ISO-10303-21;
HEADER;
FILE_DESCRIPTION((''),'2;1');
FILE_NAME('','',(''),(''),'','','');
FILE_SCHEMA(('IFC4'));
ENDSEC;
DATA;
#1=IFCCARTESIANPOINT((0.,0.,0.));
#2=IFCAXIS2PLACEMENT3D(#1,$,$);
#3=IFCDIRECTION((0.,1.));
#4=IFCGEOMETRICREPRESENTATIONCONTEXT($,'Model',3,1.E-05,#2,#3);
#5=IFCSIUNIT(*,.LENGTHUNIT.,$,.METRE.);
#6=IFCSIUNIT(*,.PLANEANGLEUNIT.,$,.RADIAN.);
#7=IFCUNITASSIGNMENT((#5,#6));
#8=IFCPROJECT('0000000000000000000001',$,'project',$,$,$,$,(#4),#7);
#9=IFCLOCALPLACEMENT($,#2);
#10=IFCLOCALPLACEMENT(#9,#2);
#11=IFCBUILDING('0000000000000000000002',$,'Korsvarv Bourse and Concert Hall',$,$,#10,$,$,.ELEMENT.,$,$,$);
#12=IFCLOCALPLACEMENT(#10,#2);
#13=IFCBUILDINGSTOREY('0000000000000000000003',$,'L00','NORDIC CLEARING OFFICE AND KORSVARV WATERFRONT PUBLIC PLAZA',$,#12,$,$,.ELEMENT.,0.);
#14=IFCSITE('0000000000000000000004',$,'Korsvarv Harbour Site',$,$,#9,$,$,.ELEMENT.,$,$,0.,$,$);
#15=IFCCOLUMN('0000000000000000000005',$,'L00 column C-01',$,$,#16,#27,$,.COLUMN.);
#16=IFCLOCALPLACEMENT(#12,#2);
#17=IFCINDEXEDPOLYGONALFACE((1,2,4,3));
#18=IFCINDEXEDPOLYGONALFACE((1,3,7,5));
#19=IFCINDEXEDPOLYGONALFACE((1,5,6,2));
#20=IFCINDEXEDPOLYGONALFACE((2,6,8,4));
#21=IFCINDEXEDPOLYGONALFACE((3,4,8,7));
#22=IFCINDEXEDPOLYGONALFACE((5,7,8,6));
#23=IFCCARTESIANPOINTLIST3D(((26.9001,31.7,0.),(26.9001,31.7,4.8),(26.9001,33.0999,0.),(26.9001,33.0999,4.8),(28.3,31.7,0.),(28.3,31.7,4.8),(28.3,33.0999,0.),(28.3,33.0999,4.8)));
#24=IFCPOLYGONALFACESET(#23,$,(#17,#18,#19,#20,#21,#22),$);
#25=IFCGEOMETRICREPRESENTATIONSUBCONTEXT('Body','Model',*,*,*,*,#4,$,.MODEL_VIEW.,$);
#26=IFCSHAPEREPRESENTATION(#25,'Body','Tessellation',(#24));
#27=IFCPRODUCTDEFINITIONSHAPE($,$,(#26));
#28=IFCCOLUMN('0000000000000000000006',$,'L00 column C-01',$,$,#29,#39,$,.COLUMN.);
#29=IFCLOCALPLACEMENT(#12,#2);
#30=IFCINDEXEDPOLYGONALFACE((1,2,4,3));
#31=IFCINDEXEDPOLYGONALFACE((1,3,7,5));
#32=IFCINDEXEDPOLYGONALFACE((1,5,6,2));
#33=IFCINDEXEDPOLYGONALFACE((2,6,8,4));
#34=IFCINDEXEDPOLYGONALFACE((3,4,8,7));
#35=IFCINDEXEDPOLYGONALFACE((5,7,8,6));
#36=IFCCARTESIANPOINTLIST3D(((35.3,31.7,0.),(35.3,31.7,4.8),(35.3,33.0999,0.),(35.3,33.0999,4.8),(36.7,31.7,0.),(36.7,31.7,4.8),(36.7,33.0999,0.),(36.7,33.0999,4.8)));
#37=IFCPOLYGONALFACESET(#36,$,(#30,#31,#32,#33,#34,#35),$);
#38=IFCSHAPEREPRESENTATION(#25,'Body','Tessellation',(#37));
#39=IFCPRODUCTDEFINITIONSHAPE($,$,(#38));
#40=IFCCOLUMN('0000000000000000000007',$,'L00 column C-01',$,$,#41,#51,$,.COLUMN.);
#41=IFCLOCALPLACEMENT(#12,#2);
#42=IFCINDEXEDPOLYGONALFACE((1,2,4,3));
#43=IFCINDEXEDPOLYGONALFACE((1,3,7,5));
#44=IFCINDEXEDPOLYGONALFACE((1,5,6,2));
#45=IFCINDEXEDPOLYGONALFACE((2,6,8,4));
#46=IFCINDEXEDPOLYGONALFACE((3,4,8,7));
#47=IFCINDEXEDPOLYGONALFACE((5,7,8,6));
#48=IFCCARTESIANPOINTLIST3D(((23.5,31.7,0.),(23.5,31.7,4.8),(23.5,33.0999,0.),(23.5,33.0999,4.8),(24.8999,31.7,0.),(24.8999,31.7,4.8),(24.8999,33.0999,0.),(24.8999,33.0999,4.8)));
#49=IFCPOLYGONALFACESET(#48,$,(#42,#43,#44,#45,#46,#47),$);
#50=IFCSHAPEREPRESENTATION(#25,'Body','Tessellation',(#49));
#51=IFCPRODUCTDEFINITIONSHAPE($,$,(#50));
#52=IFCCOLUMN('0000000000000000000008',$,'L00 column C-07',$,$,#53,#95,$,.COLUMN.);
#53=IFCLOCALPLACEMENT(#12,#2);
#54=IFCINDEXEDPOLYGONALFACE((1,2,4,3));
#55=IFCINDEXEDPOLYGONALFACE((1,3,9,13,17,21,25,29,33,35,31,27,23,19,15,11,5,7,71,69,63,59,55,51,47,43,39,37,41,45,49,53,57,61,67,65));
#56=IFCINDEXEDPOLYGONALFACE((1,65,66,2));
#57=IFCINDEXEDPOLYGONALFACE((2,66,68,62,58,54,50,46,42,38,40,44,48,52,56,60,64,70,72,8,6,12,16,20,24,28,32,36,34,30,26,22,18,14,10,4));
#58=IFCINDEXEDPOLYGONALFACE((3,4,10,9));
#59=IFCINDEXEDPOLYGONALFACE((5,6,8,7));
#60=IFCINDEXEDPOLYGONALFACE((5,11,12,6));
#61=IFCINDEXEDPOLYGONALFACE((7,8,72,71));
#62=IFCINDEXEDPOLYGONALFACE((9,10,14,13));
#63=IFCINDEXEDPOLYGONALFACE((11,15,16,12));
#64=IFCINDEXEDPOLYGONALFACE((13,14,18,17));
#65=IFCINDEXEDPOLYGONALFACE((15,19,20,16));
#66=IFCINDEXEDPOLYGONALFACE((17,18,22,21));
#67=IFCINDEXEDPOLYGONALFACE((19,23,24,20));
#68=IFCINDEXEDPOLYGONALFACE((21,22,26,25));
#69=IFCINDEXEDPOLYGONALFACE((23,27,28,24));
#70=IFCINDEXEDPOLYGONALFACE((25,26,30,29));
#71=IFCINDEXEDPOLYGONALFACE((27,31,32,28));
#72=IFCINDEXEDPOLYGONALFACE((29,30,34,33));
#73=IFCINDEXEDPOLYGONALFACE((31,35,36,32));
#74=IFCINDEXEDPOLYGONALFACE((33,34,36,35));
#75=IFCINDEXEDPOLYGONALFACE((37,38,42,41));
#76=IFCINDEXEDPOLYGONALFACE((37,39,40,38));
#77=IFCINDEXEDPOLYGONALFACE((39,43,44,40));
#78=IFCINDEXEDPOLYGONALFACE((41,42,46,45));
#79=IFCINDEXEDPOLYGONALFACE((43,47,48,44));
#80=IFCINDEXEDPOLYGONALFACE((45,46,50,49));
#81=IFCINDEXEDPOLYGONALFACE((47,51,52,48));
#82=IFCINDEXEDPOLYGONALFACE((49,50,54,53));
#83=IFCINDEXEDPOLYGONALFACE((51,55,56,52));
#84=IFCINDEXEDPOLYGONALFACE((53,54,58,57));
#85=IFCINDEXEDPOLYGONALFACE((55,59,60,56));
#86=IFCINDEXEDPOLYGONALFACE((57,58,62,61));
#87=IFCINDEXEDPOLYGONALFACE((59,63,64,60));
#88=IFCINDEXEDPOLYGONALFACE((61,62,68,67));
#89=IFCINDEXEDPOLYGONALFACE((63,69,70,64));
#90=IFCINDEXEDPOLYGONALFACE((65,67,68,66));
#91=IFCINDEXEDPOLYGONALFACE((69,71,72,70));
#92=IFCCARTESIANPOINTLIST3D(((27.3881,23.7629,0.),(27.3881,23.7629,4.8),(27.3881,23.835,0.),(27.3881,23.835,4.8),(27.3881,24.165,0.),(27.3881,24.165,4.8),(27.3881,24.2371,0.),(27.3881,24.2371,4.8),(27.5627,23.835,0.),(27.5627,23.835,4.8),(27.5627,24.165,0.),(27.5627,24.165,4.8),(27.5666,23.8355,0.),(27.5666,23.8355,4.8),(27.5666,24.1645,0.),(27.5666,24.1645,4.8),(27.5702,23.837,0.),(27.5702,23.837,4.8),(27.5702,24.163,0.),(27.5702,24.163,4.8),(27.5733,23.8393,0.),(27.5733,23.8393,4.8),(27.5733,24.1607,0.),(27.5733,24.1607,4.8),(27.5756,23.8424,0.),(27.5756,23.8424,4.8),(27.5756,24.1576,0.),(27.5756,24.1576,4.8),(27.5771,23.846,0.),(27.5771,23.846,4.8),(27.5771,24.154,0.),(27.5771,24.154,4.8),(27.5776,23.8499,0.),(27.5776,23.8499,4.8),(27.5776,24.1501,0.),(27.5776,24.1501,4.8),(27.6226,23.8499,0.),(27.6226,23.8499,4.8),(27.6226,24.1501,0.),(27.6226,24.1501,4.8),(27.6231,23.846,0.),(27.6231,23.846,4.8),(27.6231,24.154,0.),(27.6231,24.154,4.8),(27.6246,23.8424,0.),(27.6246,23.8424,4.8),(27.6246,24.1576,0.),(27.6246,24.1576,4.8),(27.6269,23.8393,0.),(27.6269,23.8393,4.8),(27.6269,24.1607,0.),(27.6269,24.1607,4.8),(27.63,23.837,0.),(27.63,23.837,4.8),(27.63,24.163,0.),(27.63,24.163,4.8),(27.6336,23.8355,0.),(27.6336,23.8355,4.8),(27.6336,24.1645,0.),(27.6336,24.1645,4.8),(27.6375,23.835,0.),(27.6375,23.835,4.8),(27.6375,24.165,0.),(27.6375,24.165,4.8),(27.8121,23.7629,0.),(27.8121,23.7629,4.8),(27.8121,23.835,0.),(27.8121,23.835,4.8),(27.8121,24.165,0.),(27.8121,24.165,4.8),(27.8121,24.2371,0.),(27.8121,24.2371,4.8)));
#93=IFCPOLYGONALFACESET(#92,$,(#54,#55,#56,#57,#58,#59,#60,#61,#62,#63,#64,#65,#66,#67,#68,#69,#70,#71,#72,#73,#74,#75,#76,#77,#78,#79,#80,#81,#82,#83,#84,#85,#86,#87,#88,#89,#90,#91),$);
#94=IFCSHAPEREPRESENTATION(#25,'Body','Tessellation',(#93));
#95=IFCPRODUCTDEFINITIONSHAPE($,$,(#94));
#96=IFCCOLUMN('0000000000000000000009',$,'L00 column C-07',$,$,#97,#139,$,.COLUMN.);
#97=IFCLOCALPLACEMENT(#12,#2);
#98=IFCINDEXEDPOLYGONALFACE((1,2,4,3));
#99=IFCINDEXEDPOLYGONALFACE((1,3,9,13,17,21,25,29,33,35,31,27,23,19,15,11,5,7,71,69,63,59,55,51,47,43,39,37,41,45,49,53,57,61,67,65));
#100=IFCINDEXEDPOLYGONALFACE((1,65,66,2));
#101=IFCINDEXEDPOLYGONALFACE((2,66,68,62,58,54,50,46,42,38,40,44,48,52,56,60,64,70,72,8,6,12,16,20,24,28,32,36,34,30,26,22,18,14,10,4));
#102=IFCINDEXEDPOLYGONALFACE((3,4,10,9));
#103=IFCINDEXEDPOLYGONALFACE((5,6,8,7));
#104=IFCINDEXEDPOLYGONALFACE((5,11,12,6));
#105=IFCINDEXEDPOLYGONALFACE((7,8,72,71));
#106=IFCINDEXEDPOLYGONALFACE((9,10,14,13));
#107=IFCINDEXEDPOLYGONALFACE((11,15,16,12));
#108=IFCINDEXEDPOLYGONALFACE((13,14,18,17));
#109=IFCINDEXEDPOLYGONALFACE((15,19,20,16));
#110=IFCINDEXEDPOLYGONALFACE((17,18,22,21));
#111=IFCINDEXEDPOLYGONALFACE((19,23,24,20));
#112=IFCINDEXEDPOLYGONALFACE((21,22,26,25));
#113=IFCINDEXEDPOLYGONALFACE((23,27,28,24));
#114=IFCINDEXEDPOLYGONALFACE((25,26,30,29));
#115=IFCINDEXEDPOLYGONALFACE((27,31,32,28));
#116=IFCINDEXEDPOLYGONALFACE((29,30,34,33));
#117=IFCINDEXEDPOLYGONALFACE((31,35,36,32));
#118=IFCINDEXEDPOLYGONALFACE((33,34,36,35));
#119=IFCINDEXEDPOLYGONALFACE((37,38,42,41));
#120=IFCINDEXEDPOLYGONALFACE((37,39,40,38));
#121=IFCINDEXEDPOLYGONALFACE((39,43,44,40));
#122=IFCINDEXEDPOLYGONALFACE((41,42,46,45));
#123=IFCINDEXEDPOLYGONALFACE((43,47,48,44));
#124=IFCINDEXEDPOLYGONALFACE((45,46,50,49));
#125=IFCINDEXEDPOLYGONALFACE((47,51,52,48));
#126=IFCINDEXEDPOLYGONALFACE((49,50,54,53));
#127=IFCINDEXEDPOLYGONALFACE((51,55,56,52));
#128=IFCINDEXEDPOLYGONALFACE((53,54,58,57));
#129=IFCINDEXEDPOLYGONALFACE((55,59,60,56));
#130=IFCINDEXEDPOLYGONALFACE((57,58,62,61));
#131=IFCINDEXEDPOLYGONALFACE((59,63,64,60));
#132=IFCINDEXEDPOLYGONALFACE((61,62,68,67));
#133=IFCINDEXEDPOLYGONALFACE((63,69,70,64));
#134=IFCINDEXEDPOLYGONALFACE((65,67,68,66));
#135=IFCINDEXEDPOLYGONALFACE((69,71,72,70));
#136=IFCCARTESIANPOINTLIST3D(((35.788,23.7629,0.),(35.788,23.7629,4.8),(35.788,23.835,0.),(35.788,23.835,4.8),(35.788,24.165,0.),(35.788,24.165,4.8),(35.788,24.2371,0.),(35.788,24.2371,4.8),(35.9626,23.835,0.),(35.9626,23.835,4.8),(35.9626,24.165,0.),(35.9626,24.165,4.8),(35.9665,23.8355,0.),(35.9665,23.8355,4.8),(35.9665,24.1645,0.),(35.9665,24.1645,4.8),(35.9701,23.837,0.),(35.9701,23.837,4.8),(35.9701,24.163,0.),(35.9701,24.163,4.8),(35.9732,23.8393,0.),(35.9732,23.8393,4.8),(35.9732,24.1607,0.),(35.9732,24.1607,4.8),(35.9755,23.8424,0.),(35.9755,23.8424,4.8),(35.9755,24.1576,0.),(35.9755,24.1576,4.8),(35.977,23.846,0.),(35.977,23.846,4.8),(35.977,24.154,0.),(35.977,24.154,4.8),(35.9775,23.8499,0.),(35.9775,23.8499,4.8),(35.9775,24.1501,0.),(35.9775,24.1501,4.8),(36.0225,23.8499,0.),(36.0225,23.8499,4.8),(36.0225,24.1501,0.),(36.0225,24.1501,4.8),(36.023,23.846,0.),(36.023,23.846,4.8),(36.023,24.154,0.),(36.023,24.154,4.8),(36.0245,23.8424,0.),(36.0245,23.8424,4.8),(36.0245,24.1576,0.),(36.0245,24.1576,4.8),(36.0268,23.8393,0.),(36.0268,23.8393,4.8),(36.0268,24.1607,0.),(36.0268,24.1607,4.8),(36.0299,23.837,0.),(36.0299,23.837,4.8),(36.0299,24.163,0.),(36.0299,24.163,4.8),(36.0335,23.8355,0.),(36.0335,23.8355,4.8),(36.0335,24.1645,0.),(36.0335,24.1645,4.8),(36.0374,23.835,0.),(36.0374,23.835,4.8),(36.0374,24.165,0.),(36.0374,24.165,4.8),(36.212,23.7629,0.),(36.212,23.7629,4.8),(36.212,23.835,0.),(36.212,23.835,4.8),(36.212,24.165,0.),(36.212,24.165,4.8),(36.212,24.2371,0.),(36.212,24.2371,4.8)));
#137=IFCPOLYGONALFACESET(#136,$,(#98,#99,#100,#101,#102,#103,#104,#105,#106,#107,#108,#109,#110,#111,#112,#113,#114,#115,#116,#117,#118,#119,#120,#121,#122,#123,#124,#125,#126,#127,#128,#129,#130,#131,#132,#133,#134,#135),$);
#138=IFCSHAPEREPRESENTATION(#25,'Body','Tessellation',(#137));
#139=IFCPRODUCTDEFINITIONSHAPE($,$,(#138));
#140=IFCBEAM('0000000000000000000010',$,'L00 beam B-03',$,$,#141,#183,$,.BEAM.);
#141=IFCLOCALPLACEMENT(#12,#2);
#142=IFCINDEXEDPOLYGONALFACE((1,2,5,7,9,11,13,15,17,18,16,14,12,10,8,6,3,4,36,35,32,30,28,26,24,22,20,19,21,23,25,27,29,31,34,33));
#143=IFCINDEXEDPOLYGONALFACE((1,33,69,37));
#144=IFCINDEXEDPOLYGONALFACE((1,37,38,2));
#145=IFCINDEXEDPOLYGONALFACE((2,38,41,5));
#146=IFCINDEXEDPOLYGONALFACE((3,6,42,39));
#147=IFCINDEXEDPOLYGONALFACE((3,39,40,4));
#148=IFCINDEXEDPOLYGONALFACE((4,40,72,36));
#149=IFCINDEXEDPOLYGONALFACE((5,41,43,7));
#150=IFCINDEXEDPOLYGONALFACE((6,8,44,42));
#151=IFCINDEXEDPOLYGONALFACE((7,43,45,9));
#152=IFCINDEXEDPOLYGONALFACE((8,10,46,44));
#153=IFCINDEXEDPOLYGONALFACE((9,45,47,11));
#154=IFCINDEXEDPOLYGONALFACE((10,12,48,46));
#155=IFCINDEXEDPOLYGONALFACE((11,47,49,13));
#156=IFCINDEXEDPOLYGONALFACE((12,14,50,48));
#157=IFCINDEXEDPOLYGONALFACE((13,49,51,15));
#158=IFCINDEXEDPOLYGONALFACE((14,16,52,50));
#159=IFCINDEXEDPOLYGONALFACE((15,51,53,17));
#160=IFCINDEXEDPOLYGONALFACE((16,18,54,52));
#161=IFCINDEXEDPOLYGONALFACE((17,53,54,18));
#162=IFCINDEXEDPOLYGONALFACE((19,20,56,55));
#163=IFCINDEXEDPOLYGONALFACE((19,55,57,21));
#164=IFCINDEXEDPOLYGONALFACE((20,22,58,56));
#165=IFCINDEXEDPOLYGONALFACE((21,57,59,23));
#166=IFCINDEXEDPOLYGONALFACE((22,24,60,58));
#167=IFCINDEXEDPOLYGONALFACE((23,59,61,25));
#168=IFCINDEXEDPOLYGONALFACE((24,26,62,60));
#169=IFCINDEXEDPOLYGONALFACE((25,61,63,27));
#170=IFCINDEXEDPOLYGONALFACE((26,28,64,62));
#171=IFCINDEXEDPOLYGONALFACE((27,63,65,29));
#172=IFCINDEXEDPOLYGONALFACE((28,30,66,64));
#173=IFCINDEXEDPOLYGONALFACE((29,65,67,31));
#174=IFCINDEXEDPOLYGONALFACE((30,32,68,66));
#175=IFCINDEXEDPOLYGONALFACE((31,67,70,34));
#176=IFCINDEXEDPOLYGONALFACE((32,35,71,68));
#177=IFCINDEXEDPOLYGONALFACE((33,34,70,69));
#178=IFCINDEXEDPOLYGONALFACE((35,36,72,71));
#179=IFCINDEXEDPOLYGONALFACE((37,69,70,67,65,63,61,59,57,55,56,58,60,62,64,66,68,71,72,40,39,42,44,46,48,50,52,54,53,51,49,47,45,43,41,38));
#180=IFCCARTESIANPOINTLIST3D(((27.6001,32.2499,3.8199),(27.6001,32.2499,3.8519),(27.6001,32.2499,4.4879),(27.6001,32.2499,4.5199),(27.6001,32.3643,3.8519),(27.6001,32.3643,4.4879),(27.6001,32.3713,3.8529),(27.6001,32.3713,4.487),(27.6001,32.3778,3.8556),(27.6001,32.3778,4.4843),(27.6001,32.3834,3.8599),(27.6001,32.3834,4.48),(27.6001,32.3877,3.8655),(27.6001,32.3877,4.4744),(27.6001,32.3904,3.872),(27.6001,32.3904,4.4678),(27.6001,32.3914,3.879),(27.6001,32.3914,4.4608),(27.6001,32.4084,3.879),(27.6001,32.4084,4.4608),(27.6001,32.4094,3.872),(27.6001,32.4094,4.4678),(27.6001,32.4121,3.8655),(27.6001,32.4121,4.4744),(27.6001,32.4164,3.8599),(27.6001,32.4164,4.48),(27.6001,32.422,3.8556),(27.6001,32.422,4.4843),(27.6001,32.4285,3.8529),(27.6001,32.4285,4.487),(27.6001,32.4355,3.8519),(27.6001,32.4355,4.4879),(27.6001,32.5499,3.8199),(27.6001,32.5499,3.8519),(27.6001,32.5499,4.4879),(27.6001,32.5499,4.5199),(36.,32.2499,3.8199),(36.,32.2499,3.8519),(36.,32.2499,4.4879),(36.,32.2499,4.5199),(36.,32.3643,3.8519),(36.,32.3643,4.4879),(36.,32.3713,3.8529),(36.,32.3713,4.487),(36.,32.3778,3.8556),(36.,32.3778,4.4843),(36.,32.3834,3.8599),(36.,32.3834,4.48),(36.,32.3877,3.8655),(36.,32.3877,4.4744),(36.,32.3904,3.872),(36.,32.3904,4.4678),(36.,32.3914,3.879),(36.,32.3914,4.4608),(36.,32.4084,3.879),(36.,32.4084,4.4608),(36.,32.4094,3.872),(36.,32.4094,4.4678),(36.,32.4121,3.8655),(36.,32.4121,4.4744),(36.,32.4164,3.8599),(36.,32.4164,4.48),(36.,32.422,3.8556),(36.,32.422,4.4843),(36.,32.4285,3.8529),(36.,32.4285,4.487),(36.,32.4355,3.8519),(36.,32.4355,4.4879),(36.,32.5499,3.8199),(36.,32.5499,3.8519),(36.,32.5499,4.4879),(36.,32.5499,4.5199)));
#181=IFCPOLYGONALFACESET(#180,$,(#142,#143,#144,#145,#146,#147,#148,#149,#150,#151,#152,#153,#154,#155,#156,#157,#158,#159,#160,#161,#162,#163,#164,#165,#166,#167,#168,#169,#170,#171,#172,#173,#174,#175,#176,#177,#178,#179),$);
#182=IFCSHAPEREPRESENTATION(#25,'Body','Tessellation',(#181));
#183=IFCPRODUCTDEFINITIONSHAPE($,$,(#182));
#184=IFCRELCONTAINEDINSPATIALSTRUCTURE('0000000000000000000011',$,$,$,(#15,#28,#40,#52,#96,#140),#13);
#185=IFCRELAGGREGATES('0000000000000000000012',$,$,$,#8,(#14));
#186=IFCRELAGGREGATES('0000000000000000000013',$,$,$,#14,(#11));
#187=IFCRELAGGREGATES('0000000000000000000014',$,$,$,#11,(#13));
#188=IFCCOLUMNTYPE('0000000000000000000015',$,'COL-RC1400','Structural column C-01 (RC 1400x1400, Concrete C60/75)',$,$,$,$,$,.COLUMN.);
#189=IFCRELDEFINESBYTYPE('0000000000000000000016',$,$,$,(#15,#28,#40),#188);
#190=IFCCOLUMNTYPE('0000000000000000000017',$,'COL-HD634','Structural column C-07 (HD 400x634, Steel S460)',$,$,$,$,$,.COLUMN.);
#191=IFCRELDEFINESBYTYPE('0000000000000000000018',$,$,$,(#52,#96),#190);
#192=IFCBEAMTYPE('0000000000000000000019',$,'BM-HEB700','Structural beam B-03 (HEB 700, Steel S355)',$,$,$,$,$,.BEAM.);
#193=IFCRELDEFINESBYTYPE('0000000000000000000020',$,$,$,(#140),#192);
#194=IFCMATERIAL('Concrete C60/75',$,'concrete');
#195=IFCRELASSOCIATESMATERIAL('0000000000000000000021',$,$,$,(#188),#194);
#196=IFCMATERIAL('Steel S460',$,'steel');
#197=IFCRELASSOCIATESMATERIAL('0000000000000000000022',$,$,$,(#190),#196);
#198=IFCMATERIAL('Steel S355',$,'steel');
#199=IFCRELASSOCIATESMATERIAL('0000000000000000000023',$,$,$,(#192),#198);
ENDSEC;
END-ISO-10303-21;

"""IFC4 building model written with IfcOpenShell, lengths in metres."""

from ifc_helpers import new_model, si_unit, direction, frame, origin, origin_2d, place, context, subcontext, project, spatial, rectangle, i_section, extrude, source, transform, mapped, material, material_profile, profile_set, type_object, element, save


model = new_model("IFC4")

# Units and contexts
model_context = context("Model", 3, precision=1e-05, world=origin(), true_north=direction((0.0, 1.0)))
body_context = subcontext(model_context, "Body", "Model", "MODEL_VIEW")
ifc_project = project(units=[si_unit("LENGTHUNIT", "METRE"), si_unit("PLANEANGLEUNIT", "RADIAN")], contexts=[model_context])

# Site, building, storey
site_placement = place(None, origin())
site = spatial("IfcSite", under=ifc_project, at=site_placement, Name="Korsvarv Harbour Site", CompositionType="ELEMENT", RefElevation=0.0)
building_placement = place(site_placement, origin())
building = spatial("IfcBuilding", under=site, at=building_placement, Name="Korsvarv Bourse and Concert Hall", CompositionType="ELEMENT")
storey_placement = place(building_placement, origin())
storey = spatial("IfcBuildingStorey", under=building, at=storey_placement, Name="L00", Description="NORDIC CLEARING OFFICE AND KORSVARV WATERFRONT PUBLIC PLAZA", CompositionType="ELEMENT", Elevation=0.0)

# Columns
ifc_material_1 = material(Name="Concrete C60/75", Category="concrete")
ifc_material_profile_1 = material_profile(ifc_material_1, rectangle(XDim=1.3999, YDim=1.3999, at=origin_2d()), Name="RC 1400x1400")
ifc_profile_set_1 = profile_set([ifc_material_profile_1], Name="Concrete C60/75")
column_type_1 = type_object("IfcColumnType", Name="COL-RC1400", Description="Structural column C-01 (RC 1400x1400, Concrete C60/75)", PredefinedType="COLUMN", material=ifc_profile_set_1)
shared_shape_1 = source(origin(), body_context, "Body", "SweptSolid", [
    extrude(rectangle(XDim=1.3999, YDim=1.3999, at=origin_2d()), origin(), (0.0, 0.0, 1.0), 4.8),
])
for number, where, z_axis, x_axis, name in (
    (1, (27.6001, 32.3999, 0.0), (0.0, 0.0, 1.0), (1.0, 0.0, 0.0), "L00 column C-01"),
    (2, (36.0, 32.3999, 0.0), (0.0, 0.0, 1.0), (1.0, 0.0, 0.0), "L00 column C-01"),
    (3, (24.2, 32.3999, 0.0), (0.0, 0.0, 1.0), (1.0, 0.0, 0.0), "L00 column C-01"),
):
    element("IfcColumn", number, at=place(storey_placement, frame(where, z_axis=z_axis, x_axis=x_axis)), inside=storey, type_object=column_type_1, Name=name, PredefinedType="COLUMN", context=body_context, shape_type="MappedRepresentation", body=[
        mapped(shared_shape_1, transform((0.0, 0.0, 0.0), scale=1.0)),
    ])
ifc_material_2 = material(Name="Steel S460", Category="steel")
ifc_material_profile_2 = material_profile(ifc_material_2, i_section(OverallWidth=0.4241, OverallDepth=0.4741, WebThickness=0.0449, FlangeThickness=0.072, FilletRadius=0.0149, at=origin_2d()), Name="HD 400x634")
ifc_profile_set_2 = profile_set([ifc_material_profile_2], Name="Steel S460")
column_type_2 = type_object("IfcColumnType", Name="COL-HD634", Description="Structural column C-07 (HD 400x634, Steel S460)", PredefinedType="COLUMN", material=ifc_profile_set_2)
shared_shape_2 = source(origin(), body_context, "Body", "SweptSolid", [
    extrude(i_section(OverallWidth=0.4241, OverallDepth=0.4741, WebThickness=0.0449, FlangeThickness=0.072, FilletRadius=0.0149, at=origin_2d()), origin(), (0.0, 0.0, 1.0), 4.8),
])
for number, where, z_axis, x_axis, name in (
    (4, (27.6001, 24.0, 0.0), (0.0, 0.0, 1.0), (1.0, 0.0, 0.0), "L00 column C-07"),
    (5, (36.0, 24.0, 0.0), (0.0, 0.0, 1.0), (1.0, 0.0, 0.0), "L00 column C-07"),
):
    element("IfcColumn", number, at=place(storey_placement, frame(where, z_axis=z_axis, x_axis=x_axis)), inside=storey, type_object=column_type_2, Name=name, PredefinedType="COLUMN", context=body_context, shape_type="MappedRepresentation", body=[
        mapped(shared_shape_2, transform((0.0, 0.0, 0.0), scale=1.0)),
    ])

# Beam
ifc_material_3 = material(Name="Steel S355", Category="steel")
ifc_material_profile_3 = material_profile(ifc_material_3, i_section(OverallWidth=0.3, OverallDepth=0.7, WebThickness=0.0171, FlangeThickness=0.032, FilletRadius=0.0271, at=origin_2d()), Name="HEB 700")
ifc_profile_set_3 = profile_set([ifc_material_profile_3], Name="Steel S355")
beam_type = type_object("IfcBeamType", Name="BM-HEB700", Description="Structural beam B-03 (HEB 700, Steel S355)", PredefinedType="BEAM", material=ifc_profile_set_3)
shared_shape_3 = source(origin(), body_context, "Body", "SweptSolid", [
    extrude(i_section(OverallWidth=0.3, OverallDepth=0.7, WebThickness=0.0171, FlangeThickness=0.032, FilletRadius=0.0271, at=origin_2d()), origin(), (0.0, 0.0, 1.0), 8.3999),
])
for number, where, z_axis, x_axis, name in (
    (6, (27.6001, 32.3999, 4.1699), (1.0, 0.0, 0.0), (0.0, 1.0, 0.0), "L00 beam B-03"),
):
    element("IfcBeam", number, at=place(storey_placement, frame(where, z_axis=z_axis, x_axis=x_axis)), inside=storey, type_object=beam_type, Name=name, PredefinedType="BEAM", context=body_context, shape_type="MappedRepresentation", body=[
        mapped(shared_shape_3, transform((0.0, 0.0, 0.0), scale=1.0)),
    ])

save(model, "model.ifc")
